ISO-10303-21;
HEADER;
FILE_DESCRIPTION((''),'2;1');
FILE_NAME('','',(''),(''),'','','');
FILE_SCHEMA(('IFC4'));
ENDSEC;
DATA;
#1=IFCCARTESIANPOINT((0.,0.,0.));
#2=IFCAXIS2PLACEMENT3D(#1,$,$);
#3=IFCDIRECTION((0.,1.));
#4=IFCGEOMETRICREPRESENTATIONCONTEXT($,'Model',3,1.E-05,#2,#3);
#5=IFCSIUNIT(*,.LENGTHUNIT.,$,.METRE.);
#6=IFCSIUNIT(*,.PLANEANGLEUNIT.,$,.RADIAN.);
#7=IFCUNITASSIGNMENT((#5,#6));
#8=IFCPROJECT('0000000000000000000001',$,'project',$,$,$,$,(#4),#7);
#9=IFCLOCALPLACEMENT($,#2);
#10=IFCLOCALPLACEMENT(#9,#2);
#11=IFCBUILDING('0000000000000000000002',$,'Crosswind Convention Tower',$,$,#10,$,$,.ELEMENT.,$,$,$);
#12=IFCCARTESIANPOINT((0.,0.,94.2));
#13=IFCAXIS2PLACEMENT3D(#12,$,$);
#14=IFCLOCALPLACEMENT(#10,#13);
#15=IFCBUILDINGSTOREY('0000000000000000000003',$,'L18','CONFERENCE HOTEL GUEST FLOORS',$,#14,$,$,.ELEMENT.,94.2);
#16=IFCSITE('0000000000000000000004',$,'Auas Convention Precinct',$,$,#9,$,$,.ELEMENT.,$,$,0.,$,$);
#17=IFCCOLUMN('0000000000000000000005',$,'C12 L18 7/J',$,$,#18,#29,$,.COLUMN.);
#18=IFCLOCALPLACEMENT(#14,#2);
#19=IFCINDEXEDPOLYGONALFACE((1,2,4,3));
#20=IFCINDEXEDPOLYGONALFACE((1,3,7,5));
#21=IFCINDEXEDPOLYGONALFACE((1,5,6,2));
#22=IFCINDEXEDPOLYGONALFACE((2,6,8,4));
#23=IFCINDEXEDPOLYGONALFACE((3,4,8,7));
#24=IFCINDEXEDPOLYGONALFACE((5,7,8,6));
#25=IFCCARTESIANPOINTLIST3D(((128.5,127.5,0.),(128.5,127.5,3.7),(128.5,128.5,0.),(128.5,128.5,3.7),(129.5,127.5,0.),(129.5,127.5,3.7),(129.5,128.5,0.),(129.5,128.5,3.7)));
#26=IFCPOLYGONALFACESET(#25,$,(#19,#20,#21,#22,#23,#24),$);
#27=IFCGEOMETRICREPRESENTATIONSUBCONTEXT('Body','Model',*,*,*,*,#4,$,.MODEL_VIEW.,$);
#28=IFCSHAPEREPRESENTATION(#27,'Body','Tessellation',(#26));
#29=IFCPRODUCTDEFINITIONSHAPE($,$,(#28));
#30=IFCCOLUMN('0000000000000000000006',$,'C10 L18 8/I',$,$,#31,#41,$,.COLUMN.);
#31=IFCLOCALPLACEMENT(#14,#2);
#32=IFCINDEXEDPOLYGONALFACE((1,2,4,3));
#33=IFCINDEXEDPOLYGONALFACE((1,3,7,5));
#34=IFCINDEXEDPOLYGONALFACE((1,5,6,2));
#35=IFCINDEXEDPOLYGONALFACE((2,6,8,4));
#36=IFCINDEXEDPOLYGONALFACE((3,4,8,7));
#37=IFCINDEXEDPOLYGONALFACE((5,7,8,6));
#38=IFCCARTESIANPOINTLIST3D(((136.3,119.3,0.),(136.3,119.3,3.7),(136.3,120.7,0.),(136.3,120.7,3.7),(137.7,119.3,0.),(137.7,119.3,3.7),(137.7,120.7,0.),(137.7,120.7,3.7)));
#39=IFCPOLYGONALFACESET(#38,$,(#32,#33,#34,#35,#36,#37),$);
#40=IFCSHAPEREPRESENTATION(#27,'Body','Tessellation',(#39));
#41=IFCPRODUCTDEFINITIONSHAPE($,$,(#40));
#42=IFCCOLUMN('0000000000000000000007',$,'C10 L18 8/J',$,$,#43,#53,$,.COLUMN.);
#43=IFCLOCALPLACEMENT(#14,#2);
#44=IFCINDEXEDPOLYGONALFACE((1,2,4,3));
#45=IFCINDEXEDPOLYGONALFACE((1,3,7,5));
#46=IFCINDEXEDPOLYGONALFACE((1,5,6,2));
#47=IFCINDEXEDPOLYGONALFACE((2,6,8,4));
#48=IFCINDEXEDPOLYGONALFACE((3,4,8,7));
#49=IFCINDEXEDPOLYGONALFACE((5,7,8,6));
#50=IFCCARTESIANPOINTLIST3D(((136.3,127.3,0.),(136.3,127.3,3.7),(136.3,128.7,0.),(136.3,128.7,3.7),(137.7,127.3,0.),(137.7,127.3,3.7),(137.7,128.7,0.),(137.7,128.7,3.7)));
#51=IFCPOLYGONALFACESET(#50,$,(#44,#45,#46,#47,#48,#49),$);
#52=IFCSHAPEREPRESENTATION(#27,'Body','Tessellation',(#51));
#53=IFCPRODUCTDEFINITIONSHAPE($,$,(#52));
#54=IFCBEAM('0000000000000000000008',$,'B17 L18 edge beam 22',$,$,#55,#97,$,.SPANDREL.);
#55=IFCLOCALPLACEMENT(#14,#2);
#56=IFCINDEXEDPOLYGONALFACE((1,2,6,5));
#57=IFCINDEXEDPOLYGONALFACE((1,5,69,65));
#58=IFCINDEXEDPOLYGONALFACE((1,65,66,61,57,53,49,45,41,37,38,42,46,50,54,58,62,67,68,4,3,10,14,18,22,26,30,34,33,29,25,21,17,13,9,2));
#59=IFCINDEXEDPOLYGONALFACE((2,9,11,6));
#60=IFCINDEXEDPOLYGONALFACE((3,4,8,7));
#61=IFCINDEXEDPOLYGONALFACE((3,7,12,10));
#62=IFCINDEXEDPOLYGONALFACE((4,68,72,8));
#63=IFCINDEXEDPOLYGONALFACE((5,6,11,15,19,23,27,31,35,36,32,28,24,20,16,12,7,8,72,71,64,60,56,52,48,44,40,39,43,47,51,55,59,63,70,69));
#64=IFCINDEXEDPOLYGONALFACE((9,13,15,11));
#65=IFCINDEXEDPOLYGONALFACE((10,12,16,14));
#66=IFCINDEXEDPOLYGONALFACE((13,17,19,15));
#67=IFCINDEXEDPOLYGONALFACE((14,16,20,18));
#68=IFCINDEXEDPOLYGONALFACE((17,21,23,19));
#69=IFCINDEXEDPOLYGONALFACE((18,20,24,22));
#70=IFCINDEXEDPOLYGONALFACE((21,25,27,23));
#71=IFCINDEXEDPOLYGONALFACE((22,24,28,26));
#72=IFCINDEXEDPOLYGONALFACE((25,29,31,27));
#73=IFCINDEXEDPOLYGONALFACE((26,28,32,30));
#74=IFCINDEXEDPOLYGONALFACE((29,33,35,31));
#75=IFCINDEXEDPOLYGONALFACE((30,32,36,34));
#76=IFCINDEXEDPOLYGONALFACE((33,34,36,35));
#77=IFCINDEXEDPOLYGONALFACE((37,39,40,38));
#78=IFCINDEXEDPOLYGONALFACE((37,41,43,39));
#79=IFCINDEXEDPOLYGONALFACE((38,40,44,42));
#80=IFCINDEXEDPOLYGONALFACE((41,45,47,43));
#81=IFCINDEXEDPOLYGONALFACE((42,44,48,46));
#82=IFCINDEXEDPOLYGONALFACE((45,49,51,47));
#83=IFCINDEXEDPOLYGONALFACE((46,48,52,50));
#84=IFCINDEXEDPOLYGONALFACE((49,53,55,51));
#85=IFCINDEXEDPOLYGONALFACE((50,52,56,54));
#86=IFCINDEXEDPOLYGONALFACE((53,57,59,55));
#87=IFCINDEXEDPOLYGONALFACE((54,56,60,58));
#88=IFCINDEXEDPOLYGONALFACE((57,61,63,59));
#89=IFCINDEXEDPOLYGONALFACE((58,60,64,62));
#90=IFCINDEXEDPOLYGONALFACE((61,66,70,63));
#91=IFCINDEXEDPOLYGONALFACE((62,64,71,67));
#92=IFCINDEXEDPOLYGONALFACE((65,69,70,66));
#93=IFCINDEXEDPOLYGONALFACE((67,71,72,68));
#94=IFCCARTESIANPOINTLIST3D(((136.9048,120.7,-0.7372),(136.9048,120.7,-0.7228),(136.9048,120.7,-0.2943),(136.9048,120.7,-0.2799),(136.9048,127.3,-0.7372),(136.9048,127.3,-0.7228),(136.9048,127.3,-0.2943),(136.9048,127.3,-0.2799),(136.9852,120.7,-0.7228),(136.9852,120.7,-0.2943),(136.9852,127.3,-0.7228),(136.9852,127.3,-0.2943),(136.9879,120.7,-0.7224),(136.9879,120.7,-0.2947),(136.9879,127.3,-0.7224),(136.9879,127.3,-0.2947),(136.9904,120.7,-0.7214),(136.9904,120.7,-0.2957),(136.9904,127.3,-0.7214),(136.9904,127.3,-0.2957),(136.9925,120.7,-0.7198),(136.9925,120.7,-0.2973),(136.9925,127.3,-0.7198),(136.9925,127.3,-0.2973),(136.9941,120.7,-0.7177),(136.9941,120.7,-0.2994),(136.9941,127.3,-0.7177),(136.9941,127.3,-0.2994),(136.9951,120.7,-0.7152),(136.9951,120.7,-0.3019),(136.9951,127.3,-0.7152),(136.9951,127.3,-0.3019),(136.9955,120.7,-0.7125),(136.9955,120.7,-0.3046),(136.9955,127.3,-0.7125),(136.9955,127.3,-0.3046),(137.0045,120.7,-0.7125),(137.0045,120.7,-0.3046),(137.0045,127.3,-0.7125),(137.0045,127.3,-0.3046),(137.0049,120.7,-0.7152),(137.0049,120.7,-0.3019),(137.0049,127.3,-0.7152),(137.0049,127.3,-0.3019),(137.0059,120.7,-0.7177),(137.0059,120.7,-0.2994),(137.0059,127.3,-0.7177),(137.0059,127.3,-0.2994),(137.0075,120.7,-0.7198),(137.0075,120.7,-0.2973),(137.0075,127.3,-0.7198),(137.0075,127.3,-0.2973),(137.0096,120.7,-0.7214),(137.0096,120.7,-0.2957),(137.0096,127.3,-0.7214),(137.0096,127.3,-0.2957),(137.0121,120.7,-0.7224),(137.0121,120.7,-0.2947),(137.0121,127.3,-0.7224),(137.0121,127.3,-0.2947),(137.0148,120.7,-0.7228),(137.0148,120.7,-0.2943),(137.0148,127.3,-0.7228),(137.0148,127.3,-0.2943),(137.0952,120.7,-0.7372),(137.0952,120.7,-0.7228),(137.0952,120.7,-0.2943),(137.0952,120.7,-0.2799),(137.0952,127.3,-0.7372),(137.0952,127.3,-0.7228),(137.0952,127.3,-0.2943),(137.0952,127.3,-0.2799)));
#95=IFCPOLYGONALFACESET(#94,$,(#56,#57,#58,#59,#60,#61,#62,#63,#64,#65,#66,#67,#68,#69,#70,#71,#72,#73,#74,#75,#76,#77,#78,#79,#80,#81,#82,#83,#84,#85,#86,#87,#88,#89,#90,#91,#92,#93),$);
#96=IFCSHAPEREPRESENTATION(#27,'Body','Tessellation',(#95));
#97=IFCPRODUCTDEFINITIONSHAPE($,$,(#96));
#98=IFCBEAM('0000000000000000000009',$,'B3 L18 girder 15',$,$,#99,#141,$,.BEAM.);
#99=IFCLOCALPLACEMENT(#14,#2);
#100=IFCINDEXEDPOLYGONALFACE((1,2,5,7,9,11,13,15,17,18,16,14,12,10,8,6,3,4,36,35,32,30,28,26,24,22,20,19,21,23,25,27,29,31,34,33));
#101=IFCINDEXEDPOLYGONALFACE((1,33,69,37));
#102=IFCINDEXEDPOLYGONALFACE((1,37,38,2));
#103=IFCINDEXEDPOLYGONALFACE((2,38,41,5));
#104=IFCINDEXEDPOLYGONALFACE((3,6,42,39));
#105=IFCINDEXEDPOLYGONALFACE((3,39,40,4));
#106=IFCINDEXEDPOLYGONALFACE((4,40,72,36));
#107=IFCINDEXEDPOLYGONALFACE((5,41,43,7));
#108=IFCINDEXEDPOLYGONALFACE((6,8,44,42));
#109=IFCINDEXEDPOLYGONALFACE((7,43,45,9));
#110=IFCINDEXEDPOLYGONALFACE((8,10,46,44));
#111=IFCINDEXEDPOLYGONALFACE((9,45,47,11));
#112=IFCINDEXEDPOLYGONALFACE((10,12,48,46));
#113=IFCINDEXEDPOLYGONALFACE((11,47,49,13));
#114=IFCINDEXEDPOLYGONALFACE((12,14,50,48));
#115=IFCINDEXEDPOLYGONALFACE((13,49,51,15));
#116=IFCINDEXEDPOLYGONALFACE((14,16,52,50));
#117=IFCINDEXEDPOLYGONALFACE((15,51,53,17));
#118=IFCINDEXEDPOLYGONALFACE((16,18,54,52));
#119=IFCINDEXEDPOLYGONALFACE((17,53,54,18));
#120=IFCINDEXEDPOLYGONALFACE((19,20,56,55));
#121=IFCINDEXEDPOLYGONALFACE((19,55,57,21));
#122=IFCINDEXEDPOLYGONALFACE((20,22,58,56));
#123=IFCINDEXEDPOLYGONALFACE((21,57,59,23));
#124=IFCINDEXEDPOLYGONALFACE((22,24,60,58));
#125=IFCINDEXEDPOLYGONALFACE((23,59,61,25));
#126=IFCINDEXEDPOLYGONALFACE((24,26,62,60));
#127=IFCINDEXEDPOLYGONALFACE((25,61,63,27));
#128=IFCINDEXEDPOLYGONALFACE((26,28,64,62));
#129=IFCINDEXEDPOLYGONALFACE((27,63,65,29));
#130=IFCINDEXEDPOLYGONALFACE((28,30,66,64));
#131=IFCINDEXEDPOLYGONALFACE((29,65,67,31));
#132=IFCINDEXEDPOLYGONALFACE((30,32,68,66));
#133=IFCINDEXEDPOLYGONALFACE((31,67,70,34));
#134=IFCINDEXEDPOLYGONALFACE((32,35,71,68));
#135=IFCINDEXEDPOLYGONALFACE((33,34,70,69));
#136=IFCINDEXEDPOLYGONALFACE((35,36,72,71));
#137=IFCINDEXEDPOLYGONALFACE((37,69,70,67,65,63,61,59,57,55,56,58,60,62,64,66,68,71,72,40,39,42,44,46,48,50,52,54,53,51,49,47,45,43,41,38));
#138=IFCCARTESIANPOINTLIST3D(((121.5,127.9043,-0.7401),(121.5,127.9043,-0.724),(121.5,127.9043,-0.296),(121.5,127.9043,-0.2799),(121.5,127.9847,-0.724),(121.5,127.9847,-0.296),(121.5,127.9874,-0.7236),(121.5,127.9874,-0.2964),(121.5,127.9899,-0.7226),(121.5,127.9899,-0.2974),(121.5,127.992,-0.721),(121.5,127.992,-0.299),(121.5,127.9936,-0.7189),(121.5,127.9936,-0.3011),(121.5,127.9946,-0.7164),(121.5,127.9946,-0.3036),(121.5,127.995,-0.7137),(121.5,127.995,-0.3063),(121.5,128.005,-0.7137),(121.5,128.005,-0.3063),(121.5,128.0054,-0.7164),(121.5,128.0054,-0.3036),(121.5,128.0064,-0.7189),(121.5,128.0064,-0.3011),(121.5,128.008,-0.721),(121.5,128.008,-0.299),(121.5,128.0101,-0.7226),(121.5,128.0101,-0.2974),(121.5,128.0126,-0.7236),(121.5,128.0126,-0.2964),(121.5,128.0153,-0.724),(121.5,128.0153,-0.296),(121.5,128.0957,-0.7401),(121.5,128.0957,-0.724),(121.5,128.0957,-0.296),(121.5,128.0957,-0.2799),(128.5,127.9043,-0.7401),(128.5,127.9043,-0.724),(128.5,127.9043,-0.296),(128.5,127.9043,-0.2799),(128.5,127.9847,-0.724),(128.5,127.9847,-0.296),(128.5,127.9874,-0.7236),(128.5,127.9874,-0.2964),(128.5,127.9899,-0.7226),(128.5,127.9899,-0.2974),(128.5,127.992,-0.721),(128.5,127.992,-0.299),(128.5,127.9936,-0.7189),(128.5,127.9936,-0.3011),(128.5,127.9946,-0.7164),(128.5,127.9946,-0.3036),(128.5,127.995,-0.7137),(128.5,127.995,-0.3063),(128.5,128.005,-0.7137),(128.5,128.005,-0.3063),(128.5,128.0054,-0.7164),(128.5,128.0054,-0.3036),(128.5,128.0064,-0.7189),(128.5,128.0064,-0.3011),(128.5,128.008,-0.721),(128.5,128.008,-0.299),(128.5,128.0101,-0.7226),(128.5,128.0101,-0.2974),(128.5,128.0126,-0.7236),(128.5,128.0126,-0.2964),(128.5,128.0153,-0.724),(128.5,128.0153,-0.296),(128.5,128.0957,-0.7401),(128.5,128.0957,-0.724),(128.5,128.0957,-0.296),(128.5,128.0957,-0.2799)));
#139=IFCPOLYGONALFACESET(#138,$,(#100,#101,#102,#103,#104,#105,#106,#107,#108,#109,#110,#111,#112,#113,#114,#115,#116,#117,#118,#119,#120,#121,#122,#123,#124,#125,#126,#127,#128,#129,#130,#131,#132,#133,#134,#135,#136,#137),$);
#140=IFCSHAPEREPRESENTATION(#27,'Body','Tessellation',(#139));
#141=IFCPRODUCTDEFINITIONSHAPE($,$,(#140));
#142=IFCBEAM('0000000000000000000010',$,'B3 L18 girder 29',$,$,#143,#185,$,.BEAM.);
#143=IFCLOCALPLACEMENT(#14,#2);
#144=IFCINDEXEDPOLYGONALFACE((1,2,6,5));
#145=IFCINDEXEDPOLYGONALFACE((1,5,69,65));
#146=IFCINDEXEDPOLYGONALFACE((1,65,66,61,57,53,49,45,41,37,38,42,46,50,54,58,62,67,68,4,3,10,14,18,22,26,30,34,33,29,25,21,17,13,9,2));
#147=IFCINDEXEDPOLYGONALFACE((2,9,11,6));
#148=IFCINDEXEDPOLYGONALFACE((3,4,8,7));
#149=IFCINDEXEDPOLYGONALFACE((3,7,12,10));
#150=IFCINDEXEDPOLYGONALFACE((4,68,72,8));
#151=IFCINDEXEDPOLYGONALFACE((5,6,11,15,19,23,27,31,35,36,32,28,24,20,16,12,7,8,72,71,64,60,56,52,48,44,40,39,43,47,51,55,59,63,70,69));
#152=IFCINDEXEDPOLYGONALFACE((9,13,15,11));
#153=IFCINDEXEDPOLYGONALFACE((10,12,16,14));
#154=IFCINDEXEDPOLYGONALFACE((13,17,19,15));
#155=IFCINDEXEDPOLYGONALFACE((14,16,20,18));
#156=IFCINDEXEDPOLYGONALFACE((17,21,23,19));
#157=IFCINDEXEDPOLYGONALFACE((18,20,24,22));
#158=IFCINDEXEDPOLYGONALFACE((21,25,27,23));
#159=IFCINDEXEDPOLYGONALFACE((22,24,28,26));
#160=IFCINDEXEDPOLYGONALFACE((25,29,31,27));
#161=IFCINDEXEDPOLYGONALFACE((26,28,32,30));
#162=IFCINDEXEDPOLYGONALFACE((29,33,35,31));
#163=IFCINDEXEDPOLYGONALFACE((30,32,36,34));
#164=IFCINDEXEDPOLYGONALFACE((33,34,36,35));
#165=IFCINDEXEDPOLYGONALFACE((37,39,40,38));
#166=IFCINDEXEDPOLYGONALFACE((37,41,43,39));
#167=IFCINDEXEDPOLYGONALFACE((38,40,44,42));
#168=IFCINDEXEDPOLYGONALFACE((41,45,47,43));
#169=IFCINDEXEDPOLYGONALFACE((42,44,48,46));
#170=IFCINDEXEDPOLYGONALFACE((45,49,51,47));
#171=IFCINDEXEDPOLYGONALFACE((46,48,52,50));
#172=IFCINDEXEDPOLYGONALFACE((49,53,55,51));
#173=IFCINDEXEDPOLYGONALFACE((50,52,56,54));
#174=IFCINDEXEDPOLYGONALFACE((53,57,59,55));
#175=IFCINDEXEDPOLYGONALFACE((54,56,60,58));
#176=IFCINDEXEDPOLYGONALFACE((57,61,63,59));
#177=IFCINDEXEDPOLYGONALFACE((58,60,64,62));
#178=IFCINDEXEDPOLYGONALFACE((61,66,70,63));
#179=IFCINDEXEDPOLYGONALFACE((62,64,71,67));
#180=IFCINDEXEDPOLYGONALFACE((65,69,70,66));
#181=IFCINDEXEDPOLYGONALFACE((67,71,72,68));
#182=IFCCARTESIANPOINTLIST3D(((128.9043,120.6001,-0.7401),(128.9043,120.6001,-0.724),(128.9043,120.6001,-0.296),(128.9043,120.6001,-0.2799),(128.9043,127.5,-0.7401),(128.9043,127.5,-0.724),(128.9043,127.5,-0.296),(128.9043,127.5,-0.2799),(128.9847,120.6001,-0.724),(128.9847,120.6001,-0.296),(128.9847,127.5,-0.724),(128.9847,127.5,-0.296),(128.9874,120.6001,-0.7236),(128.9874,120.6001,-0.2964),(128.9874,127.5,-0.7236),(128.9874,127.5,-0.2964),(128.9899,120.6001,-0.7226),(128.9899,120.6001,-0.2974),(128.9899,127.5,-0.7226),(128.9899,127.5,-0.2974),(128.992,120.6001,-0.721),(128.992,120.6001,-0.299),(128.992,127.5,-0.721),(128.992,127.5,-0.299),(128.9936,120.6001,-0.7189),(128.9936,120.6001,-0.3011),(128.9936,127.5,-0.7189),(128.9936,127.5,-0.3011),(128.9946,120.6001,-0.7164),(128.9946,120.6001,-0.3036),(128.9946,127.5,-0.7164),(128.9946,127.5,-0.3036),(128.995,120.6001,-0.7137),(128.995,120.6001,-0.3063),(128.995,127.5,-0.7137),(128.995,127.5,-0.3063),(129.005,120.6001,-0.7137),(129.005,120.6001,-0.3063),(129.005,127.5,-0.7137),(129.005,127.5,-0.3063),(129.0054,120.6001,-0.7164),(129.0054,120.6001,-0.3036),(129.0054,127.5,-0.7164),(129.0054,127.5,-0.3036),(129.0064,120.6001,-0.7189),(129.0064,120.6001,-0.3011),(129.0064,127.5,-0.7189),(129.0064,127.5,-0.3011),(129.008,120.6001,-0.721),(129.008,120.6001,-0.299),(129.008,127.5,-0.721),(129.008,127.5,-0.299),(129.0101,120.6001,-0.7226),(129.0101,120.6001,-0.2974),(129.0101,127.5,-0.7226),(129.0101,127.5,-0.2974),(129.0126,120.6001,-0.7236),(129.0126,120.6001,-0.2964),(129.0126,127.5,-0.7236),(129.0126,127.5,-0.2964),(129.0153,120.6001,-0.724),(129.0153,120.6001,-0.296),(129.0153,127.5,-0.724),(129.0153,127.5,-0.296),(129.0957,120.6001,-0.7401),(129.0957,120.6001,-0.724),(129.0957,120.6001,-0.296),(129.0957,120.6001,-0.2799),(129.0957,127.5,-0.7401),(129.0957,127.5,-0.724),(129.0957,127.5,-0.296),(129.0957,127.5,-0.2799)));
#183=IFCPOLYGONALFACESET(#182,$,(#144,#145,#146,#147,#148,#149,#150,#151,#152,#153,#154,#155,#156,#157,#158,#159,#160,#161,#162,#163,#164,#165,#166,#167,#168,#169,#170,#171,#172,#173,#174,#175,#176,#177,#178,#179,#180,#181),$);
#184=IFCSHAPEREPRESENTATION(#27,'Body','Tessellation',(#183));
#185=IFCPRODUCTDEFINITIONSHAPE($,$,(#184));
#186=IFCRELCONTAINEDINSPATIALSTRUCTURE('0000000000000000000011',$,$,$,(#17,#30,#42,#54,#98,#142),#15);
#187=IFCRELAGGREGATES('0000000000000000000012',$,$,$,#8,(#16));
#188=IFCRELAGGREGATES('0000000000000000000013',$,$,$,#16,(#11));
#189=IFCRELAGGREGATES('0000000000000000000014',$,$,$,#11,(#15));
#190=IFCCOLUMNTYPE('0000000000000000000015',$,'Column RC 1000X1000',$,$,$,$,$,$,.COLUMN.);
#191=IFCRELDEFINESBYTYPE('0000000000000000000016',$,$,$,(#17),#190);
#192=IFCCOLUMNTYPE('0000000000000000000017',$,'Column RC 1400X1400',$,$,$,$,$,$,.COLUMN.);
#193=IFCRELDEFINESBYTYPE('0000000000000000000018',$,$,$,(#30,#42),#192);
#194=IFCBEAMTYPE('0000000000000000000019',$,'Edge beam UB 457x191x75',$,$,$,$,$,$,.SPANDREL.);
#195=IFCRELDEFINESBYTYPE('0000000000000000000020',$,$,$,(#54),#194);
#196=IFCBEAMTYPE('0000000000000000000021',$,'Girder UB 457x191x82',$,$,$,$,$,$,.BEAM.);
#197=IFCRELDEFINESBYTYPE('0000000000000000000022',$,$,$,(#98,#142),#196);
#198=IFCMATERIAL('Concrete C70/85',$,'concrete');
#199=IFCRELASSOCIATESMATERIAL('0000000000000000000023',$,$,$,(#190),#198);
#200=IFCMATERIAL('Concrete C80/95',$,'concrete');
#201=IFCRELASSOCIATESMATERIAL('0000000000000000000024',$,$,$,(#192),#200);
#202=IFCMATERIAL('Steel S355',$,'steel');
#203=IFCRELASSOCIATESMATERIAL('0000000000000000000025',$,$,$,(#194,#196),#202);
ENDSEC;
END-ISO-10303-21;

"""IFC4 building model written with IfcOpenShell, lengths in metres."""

from ifc_helpers import new_model, si_unit, direction, frame, origin, origin_2d, place, context, subcontext, project, spatial, rectangle, i_section, extrude, material, material_profile, profile_set, type_object, element, save


model = new_model("IFC4")

# Units and contexts
model_context = context("Model", 3, precision=1e-05, world=origin(), true_north=direction((0.0, 1.0)))
body_context = subcontext(model_context, "Body", "Model", "MODEL_VIEW")
ifc_project = project(units=[si_unit("LENGTHUNIT", "METRE"), si_unit("PLANEANGLEUNIT", "RADIAN")], contexts=[model_context])

# Site, building, storey
site_placement = place(None, origin())
site = spatial("IfcSite", under=ifc_project, at=site_placement, Name="Auas Convention Precinct", CompositionType="ELEMENT", RefElevation=0.0)
building_placement = place(site_placement, origin())
building = spatial("IfcBuilding", under=site, at=building_placement, Name="Crosswind Convention Tower", CompositionType="ELEMENT")
storey_placement = place(building_placement, frame((0.0, 0.0, 94.2)))
storey = spatial("IfcBuildingStorey", under=building, at=storey_placement, Name="L18", Description="CONFERENCE HOTEL GUEST FLOORS", CompositionType="ELEMENT", Elevation=94.2)

# Columns
ifc_material_1 = material(Name="Concrete C70/85", Category="concrete")
ifc_material_profile_1 = material_profile(ifc_material_1, rectangle(XDim=1.0, YDim=1.0, at=origin_2d()), Name="RC 1000X1000")
ifc_profile_set_1 = profile_set([ifc_material_profile_1], Name="Concrete C70/85")
column_type_1 = type_object("IfcColumnType", Name="Column RC 1000X1000", PredefinedType="COLUMN", material=ifc_profile_set_1)
column_placement = place(storey_placement, frame((129.0, 128.0, 0.0), z_axis=(0.0, 0.0, 1.0), x_axis=(1.0, 0.0, 0.0)))
element("IfcColumn", 1, at=column_placement, inside=storey, type_object=column_type_1, Name="C12 L18 7/J", PredefinedType="COLUMN", context=body_context, shape_type="SweptSolid", body=[
    extrude(rectangle(XDim=1.0, YDim=1.0, at=origin_2d()), origin(), (0.0, 0.0, 1.0), 3.7),
])
ifc_material_2 = material(Name="Concrete C80/95", Category="concrete")
ifc_material_profile_2 = material_profile(ifc_material_2, rectangle(XDim=1.3999, YDim=1.3999, at=origin_2d()), Name="RC 1400X1400")
ifc_profile_set_2 = profile_set([ifc_material_profile_2], Name="Concrete C80/95")
column_type_2 = type_object("IfcColumnType", Name="Column RC 1400X1400", PredefinedType="COLUMN", material=ifc_profile_set_2)
for number, where, z_axis, x_axis, name in (
    (2, (137.0, 120.0, 0.0), (0.0, 0.0, 1.0), (1.0, 0.0, 0.0), "C10 L18 8/I"),
    (3, (137.0, 128.0, 0.0), (0.0, 0.0, 1.0), (1.0, 0.0, 0.0), "C10 L18 8/J"),
):
    element("IfcColumn", number, at=place(storey_placement, frame(where, z_axis=z_axis, x_axis=x_axis)), inside=storey, type_object=column_type_2, Name=name, PredefinedType="COLUMN", context=body_context, shape_type="SweptSolid", body=[
        extrude(rectangle(XDim=1.3999, YDim=1.3999, at=origin_2d()), origin(), (0.0, 0.0, 1.0), 3.7),
    ])

# Beams
ifc_material_3 = material(Name="Steel S355", Category="steel")
ifc_material_profile_3 = material_profile(ifc_material_3, i_section(OverallWidth=0.1904, OverallDepth=0.4573, WebThickness=0.009, FlangeThickness=0.0144, FilletRadius=0.0103, at=origin_2d()), Name="UB 457x191x75")
ifc_profile_set_3 = profile_set([ifc_material_profile_3], Name="Steel S355")
beam_type_1 = type_object("IfcBeamType", Name="Edge beam UB 457x191x75", PredefinedType="SPANDREL", material=ifc_profile_set_3)
beam_1_placement = place(storey_placement, frame((137.0, 120.7, -0.5085), z_axis=(0.0, 1.0, 0.0), x_axis=(-1.0, 0.0, 0.0)))
element("IfcBeam", 4, at=beam_1_placement, inside=storey, type_object=beam_type_1, Name="B17 L18 edge beam 22", PredefinedType="SPANDREL", context=body_context, shape_type="SweptSolid", body=[
    extrude(i_section(OverallWidth=0.1904, OverallDepth=0.4573, WebThickness=0.009, FlangeThickness=0.0144, FilletRadius=0.0103, at=origin_2d()), origin(), (0.0, 0.0, 1.0), 6.6001),
])
ifc_material_profile_4 = material_profile(ifc_material_3, i_section(OverallWidth=0.1914, OverallDepth=0.4602, WebThickness=0.01, FlangeThickness=0.0161, FilletRadius=0.0103, at=origin_2d()), Name="UB 457x191x82")
ifc_profile_set_4 = profile_set([ifc_material_profile_4], Name="Steel S355")
beam_type_2 = type_object("IfcBeamType", Name="Girder UB 457x191x82", PredefinedType="BEAM", material=ifc_profile_set_4)
beam_2_placement = place(storey_placement, frame((121.5, 128.0, -0.51), z_axis=(1.0, 0.0, 0.0), x_axis=(0.0, 1.0, 0.0)))
element("IfcBeam", 5, at=beam_2_placement, inside=storey, type_object=beam_type_2, Name="B3 L18 girder 15", PredefinedType="BEAM", context=body_context, shape_type="SweptSolid", body=[
    extrude(i_section(OverallWidth=0.1914, OverallDepth=0.4602, WebThickness=0.01, FlangeThickness=0.0161, FilletRadius=0.0103, at=origin_2d()), origin(), (0.0, 0.0, 1.0), 7.0),
])
beam_3_placement = place(storey_placement, frame((129.0, 120.6001, -0.51), z_axis=(0.0, 1.0, 0.0), x_axis=(-1.0, 0.0, 0.0)))
element("IfcBeam", 6, at=beam_3_placement, inside=storey, type_object=beam_type_2, Name="B3 L18 girder 29", PredefinedType="BEAM", context=body_context, shape_type="SweptSolid", body=[
    extrude(i_section(OverallWidth=0.1914, OverallDepth=0.4602, WebThickness=0.01, FlangeThickness=0.0161, FilletRadius=0.0103, at=origin_2d()), origin(), (0.0, 0.0, 1.0), 6.8999),
])

save(model, "model.ifc")
